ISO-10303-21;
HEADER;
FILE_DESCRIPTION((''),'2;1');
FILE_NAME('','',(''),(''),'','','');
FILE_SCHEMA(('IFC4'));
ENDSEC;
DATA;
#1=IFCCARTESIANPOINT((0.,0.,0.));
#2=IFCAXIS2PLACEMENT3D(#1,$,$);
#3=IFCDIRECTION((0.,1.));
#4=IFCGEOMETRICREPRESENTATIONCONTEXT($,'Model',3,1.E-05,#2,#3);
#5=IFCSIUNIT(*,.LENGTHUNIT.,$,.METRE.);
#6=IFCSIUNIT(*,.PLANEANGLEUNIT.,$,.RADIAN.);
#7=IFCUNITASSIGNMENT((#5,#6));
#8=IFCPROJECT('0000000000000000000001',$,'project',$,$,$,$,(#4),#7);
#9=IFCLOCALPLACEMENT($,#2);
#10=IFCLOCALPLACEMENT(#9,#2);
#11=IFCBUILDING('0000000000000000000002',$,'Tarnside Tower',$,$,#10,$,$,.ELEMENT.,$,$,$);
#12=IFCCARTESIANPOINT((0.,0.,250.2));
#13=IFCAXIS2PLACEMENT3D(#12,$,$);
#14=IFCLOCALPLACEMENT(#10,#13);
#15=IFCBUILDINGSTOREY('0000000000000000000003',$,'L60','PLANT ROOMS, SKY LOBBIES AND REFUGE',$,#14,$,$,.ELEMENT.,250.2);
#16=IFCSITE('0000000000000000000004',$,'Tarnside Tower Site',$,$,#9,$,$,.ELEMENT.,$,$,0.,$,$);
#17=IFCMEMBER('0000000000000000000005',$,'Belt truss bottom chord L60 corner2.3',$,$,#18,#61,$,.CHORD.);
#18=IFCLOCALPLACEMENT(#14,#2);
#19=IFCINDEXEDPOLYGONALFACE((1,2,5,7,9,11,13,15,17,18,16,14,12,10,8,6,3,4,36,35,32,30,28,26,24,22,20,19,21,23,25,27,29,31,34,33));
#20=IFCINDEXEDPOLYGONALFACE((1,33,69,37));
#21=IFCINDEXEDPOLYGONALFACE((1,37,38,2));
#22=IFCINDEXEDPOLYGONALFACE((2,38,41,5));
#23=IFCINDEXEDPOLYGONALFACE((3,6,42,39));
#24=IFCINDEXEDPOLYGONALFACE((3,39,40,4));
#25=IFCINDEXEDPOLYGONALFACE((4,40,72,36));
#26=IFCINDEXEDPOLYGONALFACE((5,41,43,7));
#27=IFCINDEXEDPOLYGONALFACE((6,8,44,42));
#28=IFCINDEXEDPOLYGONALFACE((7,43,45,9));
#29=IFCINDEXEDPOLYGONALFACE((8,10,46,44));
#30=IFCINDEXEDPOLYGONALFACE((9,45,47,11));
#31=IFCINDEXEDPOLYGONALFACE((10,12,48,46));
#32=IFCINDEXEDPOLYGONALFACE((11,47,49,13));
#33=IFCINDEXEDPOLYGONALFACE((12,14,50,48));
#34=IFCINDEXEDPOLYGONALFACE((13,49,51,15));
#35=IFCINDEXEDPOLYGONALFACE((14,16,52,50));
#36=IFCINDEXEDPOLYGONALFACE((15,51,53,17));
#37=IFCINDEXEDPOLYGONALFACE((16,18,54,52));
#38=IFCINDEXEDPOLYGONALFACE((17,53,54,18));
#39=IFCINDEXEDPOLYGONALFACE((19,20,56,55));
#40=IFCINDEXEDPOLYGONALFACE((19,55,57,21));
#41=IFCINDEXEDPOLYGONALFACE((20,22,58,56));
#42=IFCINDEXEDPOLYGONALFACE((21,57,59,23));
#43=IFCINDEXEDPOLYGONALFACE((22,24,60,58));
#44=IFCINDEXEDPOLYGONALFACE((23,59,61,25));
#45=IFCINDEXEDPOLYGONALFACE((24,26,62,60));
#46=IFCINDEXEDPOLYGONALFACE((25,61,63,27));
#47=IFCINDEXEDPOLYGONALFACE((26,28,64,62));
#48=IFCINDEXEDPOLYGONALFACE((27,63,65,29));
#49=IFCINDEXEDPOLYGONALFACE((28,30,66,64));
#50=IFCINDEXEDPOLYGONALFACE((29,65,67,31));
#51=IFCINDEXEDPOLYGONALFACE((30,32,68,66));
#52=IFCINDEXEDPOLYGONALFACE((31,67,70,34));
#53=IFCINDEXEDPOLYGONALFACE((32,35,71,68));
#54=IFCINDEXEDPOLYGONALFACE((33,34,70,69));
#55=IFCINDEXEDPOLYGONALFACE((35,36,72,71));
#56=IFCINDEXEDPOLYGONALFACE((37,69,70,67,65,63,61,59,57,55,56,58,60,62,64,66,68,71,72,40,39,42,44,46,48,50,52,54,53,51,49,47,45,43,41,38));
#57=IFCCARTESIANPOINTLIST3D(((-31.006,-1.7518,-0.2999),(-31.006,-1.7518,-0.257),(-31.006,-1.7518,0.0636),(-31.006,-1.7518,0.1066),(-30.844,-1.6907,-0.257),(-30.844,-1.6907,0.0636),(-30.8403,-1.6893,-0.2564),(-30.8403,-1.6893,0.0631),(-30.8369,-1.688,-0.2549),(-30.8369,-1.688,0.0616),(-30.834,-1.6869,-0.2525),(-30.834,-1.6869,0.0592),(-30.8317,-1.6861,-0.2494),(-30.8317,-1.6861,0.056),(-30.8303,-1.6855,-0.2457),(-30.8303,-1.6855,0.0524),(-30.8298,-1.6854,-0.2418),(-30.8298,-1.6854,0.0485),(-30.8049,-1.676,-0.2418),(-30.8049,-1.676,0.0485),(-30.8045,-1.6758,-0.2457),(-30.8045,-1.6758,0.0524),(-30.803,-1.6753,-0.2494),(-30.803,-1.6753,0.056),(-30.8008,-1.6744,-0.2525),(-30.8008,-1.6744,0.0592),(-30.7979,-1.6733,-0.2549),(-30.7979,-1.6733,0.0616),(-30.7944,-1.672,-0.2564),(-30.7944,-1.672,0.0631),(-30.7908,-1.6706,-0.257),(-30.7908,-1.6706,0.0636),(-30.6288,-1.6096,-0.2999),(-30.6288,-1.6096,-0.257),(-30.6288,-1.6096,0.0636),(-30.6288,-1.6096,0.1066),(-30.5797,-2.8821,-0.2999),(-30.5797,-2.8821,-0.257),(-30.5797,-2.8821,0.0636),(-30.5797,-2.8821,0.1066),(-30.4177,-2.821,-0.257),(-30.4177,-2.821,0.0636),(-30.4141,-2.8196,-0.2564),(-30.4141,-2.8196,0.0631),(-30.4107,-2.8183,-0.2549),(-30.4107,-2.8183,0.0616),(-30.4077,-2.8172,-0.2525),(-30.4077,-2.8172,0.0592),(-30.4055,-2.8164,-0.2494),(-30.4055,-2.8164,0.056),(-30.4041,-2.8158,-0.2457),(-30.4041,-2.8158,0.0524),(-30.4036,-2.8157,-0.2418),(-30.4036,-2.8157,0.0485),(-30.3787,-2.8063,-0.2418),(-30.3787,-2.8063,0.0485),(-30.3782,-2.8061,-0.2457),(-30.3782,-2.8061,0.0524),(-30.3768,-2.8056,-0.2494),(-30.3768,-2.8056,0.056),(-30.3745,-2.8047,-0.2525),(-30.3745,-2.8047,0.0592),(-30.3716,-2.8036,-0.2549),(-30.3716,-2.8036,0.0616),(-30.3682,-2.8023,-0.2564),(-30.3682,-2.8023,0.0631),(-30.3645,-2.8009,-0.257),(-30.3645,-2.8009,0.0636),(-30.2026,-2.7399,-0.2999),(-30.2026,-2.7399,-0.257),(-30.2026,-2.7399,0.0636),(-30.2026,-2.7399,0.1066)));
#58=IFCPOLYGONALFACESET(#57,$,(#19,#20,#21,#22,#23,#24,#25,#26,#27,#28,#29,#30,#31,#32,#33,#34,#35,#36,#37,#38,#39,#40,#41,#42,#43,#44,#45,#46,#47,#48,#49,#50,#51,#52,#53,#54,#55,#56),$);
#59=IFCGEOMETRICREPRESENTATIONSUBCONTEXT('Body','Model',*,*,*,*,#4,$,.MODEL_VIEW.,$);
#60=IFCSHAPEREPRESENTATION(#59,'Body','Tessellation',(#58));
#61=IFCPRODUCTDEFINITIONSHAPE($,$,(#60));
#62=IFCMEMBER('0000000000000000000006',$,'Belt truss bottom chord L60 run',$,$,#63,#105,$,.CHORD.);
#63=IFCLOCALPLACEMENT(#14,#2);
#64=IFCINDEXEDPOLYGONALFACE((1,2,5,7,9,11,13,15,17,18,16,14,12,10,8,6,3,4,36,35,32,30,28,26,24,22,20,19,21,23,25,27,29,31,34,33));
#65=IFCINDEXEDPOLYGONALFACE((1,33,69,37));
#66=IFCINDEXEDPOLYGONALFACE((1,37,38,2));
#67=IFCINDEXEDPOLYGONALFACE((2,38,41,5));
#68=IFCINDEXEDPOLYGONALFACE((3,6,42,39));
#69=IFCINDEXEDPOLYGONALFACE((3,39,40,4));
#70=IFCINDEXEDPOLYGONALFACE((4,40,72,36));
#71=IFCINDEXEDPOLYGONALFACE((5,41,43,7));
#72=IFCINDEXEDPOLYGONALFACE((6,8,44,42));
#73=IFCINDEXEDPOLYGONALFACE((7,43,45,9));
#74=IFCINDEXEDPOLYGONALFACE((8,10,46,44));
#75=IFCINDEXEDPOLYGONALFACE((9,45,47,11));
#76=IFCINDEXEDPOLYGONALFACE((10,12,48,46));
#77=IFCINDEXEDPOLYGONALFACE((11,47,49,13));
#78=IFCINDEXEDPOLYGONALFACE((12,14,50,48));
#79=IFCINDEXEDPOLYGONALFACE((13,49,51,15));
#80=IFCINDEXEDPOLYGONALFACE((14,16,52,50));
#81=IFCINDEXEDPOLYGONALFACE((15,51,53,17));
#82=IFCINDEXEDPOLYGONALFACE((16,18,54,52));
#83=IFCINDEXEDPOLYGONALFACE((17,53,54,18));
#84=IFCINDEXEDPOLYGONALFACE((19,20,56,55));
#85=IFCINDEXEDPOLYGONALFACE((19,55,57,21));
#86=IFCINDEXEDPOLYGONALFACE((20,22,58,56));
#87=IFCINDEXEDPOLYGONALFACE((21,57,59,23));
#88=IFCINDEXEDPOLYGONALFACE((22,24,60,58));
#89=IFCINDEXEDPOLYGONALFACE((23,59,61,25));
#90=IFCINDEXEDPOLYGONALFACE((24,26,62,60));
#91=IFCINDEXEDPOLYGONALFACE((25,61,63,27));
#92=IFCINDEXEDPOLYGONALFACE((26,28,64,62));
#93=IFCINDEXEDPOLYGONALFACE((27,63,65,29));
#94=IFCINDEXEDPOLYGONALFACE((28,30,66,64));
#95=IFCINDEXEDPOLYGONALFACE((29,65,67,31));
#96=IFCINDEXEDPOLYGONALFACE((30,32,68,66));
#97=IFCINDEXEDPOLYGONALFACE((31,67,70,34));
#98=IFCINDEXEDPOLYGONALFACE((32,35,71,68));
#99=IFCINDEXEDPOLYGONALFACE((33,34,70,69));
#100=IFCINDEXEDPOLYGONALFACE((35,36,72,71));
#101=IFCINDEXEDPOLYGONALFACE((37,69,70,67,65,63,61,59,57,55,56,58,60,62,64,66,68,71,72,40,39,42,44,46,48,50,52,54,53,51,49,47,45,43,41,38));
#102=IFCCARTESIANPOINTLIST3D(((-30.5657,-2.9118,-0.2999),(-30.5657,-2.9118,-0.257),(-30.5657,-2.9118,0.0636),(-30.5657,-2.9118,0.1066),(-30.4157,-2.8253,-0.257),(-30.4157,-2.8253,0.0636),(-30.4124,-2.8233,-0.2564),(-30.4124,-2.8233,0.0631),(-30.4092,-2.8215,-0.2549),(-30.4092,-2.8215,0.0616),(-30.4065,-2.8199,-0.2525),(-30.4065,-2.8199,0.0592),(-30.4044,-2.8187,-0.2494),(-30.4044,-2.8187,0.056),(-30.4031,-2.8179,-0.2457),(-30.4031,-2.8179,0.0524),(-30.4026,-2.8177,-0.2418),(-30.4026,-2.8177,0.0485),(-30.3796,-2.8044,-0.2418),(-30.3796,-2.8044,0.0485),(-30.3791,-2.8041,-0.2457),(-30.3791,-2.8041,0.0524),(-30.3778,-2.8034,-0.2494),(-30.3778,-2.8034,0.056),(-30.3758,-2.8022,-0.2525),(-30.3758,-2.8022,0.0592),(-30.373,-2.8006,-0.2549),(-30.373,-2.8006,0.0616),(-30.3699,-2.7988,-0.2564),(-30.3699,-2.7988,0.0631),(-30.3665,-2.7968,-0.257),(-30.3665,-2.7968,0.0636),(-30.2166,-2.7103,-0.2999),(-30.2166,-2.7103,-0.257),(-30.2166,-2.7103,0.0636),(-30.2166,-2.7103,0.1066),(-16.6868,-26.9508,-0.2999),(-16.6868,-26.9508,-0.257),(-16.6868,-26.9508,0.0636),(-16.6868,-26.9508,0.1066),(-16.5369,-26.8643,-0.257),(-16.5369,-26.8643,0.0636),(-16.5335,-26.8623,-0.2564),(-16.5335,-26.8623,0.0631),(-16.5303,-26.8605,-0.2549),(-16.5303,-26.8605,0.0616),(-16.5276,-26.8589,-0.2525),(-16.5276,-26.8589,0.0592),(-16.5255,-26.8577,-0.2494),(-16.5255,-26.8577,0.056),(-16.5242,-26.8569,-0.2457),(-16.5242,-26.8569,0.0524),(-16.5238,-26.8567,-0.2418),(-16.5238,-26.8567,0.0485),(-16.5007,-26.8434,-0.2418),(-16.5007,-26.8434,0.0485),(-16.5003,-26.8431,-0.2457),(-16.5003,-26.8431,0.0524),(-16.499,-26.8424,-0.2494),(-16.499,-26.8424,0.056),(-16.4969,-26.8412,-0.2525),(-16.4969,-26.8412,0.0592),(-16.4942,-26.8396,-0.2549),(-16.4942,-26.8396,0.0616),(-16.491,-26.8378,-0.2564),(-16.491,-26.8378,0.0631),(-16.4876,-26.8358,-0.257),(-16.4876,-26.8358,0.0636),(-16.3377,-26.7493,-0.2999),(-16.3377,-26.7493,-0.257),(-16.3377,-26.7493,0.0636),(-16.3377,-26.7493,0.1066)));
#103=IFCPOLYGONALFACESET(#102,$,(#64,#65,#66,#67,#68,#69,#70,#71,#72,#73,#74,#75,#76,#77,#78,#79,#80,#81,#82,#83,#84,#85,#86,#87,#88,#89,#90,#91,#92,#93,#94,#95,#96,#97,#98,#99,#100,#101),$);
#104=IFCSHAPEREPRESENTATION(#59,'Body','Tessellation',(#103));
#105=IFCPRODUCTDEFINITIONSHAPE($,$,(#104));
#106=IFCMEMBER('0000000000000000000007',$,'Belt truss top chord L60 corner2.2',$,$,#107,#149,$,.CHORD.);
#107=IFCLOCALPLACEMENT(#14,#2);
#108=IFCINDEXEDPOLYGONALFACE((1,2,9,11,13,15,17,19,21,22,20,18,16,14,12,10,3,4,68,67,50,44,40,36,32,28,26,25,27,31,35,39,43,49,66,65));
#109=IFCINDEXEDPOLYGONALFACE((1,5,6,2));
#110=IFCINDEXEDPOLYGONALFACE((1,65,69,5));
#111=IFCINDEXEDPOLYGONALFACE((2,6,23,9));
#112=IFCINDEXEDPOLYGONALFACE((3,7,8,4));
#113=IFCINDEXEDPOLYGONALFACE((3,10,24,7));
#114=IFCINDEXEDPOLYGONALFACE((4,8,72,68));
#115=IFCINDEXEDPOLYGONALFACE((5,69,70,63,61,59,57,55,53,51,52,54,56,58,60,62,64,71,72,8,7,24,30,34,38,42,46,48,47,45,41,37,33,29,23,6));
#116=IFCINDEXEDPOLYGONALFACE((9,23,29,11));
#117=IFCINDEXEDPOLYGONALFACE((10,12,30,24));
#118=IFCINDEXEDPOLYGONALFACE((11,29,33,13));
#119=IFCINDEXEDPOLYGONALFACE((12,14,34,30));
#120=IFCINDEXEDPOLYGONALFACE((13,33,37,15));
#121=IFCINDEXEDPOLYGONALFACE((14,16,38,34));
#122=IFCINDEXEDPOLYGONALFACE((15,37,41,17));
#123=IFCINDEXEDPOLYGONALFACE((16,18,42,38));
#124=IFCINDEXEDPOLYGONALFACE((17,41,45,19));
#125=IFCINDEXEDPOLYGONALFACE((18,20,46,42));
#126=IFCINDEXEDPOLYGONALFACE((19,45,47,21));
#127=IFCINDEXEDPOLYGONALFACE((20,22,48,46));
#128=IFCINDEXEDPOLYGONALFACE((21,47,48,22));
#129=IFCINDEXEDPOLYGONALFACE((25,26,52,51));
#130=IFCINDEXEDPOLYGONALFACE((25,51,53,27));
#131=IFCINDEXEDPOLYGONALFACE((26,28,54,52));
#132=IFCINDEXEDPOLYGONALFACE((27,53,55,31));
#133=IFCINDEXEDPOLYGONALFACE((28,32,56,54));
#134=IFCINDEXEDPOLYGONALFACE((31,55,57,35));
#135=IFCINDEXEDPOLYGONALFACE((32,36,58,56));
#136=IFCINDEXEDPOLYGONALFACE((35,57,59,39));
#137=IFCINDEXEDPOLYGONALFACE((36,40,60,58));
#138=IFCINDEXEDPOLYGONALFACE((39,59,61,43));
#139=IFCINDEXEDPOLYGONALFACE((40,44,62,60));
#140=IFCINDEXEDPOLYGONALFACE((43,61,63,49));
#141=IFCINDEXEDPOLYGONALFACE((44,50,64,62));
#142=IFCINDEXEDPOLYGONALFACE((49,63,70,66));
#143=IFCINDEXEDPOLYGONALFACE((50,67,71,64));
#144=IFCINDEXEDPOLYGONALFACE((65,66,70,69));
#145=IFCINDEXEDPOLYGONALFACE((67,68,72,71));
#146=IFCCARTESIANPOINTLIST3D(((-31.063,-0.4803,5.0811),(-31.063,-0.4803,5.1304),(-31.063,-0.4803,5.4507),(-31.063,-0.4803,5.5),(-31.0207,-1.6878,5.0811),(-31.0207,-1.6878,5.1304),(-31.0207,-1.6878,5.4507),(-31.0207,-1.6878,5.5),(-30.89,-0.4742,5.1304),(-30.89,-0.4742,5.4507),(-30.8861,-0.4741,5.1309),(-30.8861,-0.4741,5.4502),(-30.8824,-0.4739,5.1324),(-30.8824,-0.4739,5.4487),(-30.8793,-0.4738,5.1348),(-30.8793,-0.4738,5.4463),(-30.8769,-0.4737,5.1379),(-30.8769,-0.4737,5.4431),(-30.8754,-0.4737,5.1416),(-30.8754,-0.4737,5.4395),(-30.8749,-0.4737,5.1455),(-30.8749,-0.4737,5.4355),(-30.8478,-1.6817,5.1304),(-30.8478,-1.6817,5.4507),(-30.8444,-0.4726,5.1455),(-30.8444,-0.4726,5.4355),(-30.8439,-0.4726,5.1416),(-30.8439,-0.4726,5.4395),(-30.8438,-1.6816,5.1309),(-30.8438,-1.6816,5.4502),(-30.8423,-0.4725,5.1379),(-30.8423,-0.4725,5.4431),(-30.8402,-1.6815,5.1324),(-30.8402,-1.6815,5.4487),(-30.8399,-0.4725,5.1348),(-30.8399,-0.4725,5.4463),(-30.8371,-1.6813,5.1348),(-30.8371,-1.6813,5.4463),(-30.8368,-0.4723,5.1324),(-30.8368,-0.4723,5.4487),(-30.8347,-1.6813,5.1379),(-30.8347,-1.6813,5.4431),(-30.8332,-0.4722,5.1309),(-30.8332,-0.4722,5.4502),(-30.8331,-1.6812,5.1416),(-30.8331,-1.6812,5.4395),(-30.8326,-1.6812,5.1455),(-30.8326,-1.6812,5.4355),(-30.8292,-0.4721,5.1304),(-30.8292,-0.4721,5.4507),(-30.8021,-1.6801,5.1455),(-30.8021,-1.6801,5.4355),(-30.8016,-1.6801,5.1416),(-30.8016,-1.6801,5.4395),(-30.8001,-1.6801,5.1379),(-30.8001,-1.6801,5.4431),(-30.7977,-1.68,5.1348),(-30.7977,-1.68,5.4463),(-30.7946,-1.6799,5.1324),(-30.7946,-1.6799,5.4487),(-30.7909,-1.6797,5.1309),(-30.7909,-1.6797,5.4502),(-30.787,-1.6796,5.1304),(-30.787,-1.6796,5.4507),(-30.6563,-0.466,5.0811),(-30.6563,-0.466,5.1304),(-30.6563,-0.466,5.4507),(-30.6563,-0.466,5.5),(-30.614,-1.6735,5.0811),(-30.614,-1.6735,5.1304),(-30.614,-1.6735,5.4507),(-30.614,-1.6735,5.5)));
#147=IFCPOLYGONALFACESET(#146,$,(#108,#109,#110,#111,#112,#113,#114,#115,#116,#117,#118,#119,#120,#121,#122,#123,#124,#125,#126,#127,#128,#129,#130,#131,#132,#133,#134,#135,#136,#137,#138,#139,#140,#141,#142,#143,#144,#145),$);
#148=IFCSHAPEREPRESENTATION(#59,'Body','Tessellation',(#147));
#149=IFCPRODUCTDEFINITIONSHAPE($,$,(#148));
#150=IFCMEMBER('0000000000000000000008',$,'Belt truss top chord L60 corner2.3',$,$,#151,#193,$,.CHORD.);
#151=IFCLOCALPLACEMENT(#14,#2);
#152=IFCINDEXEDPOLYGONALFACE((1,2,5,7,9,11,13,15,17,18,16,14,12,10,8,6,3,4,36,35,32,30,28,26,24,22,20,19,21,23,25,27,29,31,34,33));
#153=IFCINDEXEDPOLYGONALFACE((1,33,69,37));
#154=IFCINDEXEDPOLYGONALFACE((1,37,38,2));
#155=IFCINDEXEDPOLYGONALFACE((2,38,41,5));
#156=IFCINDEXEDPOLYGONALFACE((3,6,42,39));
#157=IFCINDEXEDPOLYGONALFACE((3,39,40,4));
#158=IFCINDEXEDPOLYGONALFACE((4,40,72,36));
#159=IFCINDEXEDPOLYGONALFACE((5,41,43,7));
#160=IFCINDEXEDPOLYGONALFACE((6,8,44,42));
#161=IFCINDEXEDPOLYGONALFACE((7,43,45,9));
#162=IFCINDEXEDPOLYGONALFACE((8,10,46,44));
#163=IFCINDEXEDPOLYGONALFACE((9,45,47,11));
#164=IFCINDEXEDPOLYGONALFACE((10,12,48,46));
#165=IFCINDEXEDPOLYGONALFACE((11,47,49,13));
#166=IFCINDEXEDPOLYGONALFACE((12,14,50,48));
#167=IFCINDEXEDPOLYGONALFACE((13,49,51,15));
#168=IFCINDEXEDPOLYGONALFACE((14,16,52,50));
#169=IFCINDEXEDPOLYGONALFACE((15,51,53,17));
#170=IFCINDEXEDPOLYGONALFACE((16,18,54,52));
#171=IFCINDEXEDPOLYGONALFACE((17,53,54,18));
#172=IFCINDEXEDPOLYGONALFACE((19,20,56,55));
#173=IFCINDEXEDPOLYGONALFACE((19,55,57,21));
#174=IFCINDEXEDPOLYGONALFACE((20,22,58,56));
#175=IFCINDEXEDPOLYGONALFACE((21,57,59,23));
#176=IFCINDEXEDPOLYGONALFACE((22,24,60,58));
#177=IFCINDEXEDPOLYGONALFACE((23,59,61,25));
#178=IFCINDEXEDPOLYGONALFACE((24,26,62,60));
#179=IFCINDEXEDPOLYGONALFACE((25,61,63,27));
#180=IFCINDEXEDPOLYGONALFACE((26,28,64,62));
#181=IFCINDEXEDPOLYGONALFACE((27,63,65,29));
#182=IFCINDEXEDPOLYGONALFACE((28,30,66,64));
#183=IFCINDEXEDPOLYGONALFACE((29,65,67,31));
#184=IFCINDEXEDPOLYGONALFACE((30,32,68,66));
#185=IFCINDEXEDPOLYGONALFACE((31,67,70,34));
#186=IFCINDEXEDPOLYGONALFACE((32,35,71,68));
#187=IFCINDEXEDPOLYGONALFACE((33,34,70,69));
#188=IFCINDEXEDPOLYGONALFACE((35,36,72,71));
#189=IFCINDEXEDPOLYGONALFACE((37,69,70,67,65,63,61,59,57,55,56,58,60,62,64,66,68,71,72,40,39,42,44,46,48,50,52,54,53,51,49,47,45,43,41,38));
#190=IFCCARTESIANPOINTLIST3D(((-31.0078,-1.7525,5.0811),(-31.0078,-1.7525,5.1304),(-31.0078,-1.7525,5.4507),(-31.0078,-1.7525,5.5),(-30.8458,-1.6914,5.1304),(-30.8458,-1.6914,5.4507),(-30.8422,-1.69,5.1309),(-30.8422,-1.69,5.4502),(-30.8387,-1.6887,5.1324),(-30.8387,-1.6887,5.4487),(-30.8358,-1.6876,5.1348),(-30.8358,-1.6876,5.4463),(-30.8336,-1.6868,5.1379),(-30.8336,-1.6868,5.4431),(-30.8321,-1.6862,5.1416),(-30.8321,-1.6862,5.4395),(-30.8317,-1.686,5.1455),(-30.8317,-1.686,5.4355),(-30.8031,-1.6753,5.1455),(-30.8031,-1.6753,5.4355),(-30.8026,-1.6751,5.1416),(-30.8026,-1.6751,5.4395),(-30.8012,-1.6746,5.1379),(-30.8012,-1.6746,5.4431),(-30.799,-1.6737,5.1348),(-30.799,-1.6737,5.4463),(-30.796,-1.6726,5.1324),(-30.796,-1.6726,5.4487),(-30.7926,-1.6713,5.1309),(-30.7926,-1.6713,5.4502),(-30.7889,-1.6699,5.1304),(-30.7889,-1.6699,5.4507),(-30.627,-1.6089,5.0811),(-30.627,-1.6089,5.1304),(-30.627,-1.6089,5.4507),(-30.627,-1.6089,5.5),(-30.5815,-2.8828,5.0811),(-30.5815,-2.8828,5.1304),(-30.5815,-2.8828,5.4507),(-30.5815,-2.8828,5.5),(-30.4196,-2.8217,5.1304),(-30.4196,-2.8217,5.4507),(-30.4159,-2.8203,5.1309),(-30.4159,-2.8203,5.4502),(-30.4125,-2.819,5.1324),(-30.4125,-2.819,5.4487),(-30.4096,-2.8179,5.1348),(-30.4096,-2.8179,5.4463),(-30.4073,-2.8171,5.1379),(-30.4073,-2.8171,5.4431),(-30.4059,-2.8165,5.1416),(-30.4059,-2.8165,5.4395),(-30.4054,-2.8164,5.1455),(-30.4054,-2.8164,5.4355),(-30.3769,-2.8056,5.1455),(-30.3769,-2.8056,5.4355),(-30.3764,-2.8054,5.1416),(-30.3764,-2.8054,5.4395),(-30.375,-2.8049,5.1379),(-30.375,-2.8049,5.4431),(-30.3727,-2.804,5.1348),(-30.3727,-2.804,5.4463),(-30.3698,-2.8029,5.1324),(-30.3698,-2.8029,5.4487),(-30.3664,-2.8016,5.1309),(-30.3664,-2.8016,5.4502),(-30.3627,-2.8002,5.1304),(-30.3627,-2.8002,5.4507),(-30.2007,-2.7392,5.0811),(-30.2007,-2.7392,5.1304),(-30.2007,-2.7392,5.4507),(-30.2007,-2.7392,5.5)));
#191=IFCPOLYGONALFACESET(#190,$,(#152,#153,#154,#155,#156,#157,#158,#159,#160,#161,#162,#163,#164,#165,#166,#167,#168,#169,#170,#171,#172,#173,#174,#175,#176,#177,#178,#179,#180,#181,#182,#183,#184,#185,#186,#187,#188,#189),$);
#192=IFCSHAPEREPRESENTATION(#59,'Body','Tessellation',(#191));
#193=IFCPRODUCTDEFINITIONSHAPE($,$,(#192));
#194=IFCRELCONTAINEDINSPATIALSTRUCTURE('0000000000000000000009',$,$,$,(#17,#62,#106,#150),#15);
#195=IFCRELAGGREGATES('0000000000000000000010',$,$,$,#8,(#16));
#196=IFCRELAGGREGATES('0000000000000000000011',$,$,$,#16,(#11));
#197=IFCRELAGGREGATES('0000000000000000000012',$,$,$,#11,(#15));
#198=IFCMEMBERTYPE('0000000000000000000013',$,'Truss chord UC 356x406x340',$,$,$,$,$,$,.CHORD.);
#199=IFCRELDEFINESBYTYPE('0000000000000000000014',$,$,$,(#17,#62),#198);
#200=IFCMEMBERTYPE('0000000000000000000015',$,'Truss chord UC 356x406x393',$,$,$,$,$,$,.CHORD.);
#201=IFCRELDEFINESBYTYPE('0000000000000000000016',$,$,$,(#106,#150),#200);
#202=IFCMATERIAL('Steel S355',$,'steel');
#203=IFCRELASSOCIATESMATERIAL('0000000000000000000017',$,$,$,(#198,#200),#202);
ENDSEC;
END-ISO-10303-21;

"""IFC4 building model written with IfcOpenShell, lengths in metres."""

from ifc_helpers import new_model, si_unit, direction, frame, origin, origin_2d, place, context, subcontext, project, spatial, i_section, extrude, material, material_profile, profile_set, type_object, element, save


model = new_model("IFC4")

# Units and contexts
model_context = context("Model", 3, precision=1e-05, world=origin(), true_north=direction((0.0, 1.0)))
body_context = subcontext(model_context, "Body", "Model", "MODEL_VIEW")
ifc_project = project(units=[si_unit("LENGTHUNIT", "METRE"), si_unit("PLANEANGLEUNIT", "RADIAN")], contexts=[model_context])

# Site, building, storey
site_placement = place(None, origin())
site = spatial("IfcSite", under=ifc_project, at=site_placement, Name="Tarnside Tower Site", CompositionType="ELEMENT", RefElevation=0.0)
building_placement = place(site_placement, origin())
building = spatial("IfcBuilding", under=site, at=building_placement, Name="Tarnside Tower", CompositionType="ELEMENT")
storey_placement = place(building_placement, frame((0.0, 0.0, 250.2)))
storey = spatial("IfcBuildingStorey", under=building, at=storey_placement, Name="L60", Description="PLANT ROOMS, SKY LOBBIES AND REFUGE", CompositionType="ELEMENT", Elevation=250.2)

# Shared definitions
ifc_material_1 = material(Name="Steel S355", Category="steel")

# Members
ifc_material_profile_1 = material_profile(ifc_material_1, i_section(OverallWidth=0.4031, OverallDepth=0.4065, WebThickness=0.0266, FlangeThickness=0.043, FilletRadius=0.0151, at=origin_2d()), Name="UC 356x406x340")
ifc_profile_set_1 = profile_set([ifc_material_profile_1], Name="Steel S355")
member_type_1 = type_object("IfcMemberType", Name="Truss chord UC 356x406x340", PredefinedType="CHORD", material=ifc_profile_set_1)
member_1_placement = place(storey_placement, frame((-30.8174, -1.6807, -0.0967), z_axis=(0.35285, -0.93568, 0.0), x_axis=(0.93568, 0.35285, 0.0)))
element("IfcMember", 1, at=member_1_placement, inside=storey, type_object=member_type_1, Name="Belt truss bottom chord L60 corner2.3", PredefinedType="CHORD", context=body_context, shape_type="SweptSolid", body=[
    extrude(i_section(OverallWidth=0.4031, OverallDepth=0.4065, WebThickness=0.0266, FlangeThickness=0.043, FilletRadius=0.0151, at=origin_2d()), origin(), (0.0, 0.0, 1.0), 1.208),
])
member_2_placement = place(storey_placement, frame((-30.3911, -2.811, -0.0967), z_axis=(0.499999, -0.866026, 0.0), x_axis=(0.866026, 0.499999, 0.0)))
element("IfcMember", 2, at=member_2_placement, inside=storey, type_object=member_type_1, Name="Belt truss bottom chord L60 run", PredefinedType="CHORD", context=body_context, shape_type="SweptSolid", body=[
    extrude(i_section(OverallWidth=0.4031, OverallDepth=0.4065, WebThickness=0.0266, FlangeThickness=0.043, FilletRadius=0.0151, at=origin_2d()), origin(), (0.0, 0.0, 1.0), 27.7578),
])
ifc_material_profile_2 = material_profile(ifc_material_1, i_section(OverallWidth=0.407, OverallDepth=0.4189, WebThickness=0.0305, FlangeThickness=0.0493, FilletRadius=0.0151, at=origin_2d()), Name="UC 356x406x393")
ifc_profile_set_2 = profile_set([ifc_material_profile_2], Name="Steel S355")
member_type_2 = type_object("IfcMemberType", Name="Truss chord UC 356x406x393", PredefinedType="CHORD", material=ifc_profile_set_2)
member_3_placement = place(storey_placement, frame((-30.8596, -0.4731, 5.2905), z_axis=(0.034956, -0.999389, 0.0), x_axis=(0.999389, 0.034956, 0.0)))
element("IfcMember", 3, at=member_3_placement, inside=storey, type_object=member_type_2, Name="Belt truss top chord L60 corner2.2", PredefinedType="CHORD", context=body_context, shape_type="SweptSolid", body=[
    extrude(i_section(OverallWidth=0.407, OverallDepth=0.4189, WebThickness=0.0305, FlangeThickness=0.0493, FilletRadius=0.0151, at=origin_2d()), origin(), (0.0, 0.0, 1.0), 1.2083),
])
member_4_placement = place(storey_placement, frame((-30.8174, -1.6807, 5.2905), z_axis=(0.35285, -0.93568, 0.0), x_axis=(0.93568, 0.35285, 0.0)))
element("IfcMember", 4, at=member_4_placement, inside=storey, type_object=member_type_2, Name="Belt truss top chord L60 corner2.3", PredefinedType="CHORD", context=body_context, shape_type="SweptSolid", body=[
    extrude(i_section(OverallWidth=0.407, OverallDepth=0.4189, WebThickness=0.0305, FlangeThickness=0.0493, FilletRadius=0.0151, at=origin_2d()), origin(), (0.0, 0.0, 1.0), 1.208),
])

save(model, "model.ifc")
